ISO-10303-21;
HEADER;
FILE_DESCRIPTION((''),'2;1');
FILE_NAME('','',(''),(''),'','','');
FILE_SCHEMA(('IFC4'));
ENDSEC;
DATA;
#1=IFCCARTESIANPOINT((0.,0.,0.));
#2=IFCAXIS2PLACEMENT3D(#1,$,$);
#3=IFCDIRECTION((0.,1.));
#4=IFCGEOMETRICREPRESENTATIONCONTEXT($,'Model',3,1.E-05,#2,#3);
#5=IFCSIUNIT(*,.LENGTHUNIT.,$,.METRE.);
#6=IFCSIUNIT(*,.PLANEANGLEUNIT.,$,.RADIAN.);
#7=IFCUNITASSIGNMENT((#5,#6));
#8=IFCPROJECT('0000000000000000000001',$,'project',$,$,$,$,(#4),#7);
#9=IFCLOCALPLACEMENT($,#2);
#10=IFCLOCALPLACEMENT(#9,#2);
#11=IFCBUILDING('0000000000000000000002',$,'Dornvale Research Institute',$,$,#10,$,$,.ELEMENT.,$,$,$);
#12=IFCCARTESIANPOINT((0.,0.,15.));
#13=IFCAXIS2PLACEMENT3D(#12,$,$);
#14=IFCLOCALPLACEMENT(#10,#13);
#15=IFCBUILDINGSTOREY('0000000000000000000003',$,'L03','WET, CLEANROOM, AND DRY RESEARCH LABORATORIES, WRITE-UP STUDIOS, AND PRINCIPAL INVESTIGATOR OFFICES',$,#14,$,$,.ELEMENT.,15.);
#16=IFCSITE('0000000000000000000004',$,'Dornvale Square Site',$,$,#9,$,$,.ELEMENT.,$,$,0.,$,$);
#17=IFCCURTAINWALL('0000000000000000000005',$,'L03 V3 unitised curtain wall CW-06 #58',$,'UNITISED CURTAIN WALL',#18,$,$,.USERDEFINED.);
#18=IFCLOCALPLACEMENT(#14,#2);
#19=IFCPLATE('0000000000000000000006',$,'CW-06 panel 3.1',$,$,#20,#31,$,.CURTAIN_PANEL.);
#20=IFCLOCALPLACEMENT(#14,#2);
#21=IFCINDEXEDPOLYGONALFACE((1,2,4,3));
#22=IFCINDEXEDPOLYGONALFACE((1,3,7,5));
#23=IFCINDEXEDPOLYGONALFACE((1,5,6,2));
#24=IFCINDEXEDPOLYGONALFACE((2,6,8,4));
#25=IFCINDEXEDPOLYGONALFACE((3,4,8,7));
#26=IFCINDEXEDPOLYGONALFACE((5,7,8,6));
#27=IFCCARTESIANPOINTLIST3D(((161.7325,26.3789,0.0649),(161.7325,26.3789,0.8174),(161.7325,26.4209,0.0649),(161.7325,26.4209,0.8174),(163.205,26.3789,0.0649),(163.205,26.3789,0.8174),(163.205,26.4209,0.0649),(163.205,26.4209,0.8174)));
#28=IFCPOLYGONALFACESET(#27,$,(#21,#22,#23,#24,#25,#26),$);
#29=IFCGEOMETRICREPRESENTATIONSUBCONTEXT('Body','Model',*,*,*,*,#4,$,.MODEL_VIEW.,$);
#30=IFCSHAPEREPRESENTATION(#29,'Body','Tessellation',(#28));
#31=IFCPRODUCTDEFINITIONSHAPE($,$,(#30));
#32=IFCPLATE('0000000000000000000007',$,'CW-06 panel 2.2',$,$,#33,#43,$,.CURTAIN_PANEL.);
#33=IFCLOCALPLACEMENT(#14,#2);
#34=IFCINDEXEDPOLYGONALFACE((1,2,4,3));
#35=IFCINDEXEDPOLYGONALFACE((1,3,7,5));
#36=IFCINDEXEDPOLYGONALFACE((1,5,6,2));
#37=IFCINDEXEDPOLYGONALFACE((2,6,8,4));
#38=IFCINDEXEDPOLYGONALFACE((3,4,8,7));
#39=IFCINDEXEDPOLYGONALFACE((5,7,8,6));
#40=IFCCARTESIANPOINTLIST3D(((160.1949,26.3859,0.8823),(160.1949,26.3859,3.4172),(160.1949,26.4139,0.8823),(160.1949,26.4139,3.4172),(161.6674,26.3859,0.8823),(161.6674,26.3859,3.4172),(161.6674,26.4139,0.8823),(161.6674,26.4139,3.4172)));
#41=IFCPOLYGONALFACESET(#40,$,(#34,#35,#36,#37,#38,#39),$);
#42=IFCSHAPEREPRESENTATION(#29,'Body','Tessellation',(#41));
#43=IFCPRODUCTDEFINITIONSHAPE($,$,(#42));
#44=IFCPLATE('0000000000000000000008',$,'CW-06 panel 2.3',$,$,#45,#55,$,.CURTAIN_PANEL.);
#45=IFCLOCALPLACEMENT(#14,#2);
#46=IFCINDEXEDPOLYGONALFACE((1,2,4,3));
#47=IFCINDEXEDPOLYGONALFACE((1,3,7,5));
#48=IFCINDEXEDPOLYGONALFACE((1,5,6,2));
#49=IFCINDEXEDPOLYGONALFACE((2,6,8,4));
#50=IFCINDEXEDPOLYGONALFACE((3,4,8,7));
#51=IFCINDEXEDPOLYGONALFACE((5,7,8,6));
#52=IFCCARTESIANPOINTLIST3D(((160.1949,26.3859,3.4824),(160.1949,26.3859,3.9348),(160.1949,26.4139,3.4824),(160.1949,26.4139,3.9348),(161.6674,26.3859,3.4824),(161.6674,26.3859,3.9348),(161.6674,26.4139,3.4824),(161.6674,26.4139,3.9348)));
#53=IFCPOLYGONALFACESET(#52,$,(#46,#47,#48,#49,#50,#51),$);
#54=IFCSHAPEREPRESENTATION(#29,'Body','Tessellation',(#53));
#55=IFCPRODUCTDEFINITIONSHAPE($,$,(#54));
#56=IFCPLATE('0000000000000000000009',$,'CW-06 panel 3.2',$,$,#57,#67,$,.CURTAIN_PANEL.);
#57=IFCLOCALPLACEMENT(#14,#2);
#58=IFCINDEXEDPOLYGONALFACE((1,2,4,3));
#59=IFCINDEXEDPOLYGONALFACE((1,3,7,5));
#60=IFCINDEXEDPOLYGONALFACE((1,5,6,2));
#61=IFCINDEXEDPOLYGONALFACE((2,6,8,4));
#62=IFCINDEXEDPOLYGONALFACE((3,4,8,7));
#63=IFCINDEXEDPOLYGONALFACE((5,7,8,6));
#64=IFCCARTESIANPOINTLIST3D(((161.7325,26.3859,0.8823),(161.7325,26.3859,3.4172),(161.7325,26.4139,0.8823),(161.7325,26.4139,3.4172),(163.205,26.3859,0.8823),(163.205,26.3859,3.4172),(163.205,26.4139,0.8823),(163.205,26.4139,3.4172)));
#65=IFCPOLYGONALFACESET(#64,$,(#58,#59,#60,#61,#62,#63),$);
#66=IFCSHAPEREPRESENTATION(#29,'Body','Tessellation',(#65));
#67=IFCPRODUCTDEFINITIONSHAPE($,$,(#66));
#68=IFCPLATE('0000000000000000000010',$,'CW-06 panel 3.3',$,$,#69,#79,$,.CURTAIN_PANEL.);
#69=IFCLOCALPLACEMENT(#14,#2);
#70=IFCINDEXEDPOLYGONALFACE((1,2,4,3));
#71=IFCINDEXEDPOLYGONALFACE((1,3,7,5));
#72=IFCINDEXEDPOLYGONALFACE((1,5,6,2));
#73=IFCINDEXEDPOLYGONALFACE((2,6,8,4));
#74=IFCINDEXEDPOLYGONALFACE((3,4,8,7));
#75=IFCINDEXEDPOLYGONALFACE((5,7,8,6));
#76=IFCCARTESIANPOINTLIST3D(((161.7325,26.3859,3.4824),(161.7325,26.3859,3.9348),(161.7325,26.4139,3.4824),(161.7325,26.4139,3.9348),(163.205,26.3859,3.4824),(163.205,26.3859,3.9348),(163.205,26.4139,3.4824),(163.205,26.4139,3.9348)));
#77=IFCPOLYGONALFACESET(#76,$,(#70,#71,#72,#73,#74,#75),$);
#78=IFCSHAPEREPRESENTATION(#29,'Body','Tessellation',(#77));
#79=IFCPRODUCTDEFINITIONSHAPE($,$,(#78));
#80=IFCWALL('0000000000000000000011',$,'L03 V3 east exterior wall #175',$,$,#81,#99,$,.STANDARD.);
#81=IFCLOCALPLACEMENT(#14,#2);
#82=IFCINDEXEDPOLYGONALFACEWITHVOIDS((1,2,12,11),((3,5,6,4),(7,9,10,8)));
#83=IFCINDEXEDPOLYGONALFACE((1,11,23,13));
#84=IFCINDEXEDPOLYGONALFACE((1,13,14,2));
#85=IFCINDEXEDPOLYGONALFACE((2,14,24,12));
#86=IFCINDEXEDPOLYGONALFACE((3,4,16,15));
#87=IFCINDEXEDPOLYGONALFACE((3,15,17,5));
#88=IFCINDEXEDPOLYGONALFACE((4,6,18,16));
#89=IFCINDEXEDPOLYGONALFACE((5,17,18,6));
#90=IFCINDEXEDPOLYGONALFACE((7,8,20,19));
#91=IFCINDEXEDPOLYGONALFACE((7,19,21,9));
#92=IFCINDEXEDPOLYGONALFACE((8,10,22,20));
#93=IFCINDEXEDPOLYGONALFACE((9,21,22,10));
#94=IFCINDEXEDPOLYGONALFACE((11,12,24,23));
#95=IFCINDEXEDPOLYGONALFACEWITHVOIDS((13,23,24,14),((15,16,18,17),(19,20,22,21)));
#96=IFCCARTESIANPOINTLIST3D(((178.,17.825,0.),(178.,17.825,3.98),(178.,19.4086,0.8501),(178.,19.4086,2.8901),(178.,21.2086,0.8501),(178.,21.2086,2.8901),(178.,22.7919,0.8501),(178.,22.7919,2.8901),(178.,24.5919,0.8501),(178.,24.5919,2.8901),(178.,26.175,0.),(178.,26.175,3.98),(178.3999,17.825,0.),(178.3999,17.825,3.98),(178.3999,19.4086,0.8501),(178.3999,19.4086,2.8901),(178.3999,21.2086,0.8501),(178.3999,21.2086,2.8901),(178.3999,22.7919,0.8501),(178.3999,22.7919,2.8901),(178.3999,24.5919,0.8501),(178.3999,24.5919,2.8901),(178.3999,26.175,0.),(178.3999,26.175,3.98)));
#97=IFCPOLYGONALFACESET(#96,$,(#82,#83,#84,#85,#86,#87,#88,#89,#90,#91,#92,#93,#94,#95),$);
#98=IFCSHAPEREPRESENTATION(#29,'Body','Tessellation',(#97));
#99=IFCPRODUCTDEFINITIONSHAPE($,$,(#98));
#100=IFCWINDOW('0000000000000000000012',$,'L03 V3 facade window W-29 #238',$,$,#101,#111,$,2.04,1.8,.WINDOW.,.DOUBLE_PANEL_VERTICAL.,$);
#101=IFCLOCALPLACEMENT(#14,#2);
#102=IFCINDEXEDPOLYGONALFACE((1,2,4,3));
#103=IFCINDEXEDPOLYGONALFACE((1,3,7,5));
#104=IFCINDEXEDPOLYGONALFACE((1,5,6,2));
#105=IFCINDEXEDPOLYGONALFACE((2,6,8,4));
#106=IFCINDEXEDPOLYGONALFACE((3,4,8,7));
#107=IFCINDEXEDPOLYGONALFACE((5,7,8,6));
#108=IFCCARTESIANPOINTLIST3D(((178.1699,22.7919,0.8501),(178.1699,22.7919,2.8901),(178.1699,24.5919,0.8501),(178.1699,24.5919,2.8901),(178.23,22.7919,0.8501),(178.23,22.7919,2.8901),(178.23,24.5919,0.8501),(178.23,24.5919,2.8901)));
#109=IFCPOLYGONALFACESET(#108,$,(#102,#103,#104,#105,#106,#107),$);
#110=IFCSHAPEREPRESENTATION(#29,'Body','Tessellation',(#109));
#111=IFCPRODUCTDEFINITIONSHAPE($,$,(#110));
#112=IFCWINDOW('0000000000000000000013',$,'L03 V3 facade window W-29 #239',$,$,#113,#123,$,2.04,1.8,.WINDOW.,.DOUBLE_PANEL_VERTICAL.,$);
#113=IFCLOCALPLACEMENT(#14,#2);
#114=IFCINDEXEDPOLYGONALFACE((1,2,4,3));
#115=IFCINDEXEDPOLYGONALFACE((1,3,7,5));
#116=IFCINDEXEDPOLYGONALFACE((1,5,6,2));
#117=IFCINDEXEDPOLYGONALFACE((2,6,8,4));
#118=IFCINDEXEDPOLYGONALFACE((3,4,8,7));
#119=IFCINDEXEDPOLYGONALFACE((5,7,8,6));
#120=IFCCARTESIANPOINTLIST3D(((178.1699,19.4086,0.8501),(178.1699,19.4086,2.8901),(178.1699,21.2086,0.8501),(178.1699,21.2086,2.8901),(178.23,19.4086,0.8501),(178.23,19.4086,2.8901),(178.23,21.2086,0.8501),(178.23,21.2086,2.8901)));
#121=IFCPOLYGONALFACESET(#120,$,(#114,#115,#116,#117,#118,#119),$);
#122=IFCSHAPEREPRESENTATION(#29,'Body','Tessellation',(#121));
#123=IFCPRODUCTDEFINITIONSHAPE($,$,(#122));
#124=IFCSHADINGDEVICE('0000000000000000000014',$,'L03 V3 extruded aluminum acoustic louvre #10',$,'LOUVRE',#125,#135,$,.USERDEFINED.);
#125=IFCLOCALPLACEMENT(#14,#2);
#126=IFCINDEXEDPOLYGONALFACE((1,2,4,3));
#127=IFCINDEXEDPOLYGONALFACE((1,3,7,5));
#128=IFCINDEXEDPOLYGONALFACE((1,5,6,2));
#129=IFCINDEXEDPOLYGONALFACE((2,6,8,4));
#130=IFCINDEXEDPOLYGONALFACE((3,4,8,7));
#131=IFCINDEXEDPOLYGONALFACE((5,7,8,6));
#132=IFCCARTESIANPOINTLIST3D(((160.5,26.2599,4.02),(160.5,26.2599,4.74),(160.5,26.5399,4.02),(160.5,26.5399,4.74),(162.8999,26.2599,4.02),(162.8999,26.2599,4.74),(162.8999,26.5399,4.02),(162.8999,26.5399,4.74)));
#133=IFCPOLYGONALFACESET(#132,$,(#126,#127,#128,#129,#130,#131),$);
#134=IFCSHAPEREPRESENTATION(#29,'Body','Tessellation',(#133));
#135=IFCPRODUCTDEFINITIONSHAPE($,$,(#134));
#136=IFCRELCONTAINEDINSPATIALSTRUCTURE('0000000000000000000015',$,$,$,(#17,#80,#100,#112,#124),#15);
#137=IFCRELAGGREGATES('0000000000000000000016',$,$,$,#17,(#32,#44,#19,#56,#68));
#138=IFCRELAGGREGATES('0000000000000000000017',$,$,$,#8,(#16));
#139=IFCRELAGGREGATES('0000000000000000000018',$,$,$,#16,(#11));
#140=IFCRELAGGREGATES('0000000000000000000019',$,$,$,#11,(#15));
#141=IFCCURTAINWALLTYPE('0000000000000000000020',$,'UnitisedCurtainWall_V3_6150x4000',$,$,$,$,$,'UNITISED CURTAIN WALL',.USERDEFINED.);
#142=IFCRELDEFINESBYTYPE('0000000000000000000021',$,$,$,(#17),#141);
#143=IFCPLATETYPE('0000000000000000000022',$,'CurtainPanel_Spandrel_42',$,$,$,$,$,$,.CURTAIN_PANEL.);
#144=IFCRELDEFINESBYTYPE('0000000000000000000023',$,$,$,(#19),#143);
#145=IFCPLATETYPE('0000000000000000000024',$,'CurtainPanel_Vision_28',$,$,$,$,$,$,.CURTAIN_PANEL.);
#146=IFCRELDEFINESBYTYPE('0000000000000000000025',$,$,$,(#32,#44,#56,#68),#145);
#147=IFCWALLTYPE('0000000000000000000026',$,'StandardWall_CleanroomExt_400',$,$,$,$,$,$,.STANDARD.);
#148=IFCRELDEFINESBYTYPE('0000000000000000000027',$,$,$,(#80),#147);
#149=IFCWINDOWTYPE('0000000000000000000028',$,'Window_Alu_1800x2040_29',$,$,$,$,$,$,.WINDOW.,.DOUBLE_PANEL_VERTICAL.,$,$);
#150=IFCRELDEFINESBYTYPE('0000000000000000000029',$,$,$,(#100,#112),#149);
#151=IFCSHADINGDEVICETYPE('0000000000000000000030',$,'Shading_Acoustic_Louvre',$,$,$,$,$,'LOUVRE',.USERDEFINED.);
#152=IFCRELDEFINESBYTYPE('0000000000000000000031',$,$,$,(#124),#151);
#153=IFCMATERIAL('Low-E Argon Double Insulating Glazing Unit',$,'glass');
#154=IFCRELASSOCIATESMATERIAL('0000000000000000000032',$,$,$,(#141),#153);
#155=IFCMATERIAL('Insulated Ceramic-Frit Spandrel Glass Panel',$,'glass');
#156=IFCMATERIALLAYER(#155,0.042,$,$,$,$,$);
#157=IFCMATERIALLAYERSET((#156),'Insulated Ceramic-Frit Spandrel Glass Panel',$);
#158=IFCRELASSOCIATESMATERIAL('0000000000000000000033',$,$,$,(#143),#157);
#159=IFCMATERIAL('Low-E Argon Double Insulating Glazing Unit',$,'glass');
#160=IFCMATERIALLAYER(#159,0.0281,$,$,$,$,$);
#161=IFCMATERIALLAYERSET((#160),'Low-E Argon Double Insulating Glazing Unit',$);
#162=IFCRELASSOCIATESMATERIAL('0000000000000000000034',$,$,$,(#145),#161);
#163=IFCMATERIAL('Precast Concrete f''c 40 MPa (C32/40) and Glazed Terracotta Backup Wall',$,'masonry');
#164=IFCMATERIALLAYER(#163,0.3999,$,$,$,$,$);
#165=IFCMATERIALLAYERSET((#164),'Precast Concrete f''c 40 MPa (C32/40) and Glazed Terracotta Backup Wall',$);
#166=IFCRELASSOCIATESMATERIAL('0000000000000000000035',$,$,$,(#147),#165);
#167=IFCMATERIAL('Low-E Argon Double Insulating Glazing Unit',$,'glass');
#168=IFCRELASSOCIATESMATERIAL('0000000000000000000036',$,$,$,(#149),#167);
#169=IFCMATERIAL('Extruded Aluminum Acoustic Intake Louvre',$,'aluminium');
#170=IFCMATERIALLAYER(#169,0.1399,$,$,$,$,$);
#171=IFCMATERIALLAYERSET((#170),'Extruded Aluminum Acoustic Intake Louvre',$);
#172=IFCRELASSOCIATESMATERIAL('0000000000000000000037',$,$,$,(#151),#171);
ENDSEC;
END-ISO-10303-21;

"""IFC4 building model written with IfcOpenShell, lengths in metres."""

from ifc_helpers import new_model, si_unit, direction, frame, frame_2d, origin, origin_2d, place, context, subcontext, project, spatial, rectangle, extrude, material, layer, layer_set, type_object, element, fill, aggregate, save


model = new_model("IFC4")

# Units and contexts
model_context = context("Model", 3, precision=1e-05, world=origin(), true_north=direction((0.0, 1.0)))
body_context = subcontext(model_context, "Body", "Model", "MODEL_VIEW")
ifc_project = project(units=[si_unit("LENGTHUNIT", "METRE"), si_unit("PLANEANGLEUNIT", "RADIAN")], contexts=[model_context])

# Site, building, storey
site_placement = place(None, origin())
site = spatial("IfcSite", under=ifc_project, at=site_placement, Name="Dornvale Square Site", CompositionType="ELEMENT", RefElevation=0.0)
building_placement = place(site_placement, origin())
building = spatial("IfcBuilding", under=site, at=building_placement, Name="Dornvale Research Institute", CompositionType="ELEMENT")
storey_placement = place(building_placement, frame((0.0, 0.0, 15.0)))
storey = spatial("IfcBuildingStorey", under=building, at=storey_placement, Name="L03", Description="WET, CLEANROOM, AND DRY RESEARCH LABORATORIES, WRITE-UP STUDIOS, AND PRINCIPAL INVESTIGATOR OFFICES", CompositionType="ELEMENT", Elevation=15.0)

# Curtain wall, plates
ifc_material_1 = material(Name="Low-E Argon Double Insulating Glazing Unit", Category="glass")
curtain_wall_type = type_object("IfcCurtainWallType", Name="UnitisedCurtainWall_V3_6150x4000", ElementType="UNITISED CURTAIN WALL", PredefinedType="USERDEFINED", material=ifc_material_1)
curtain_wall_placement = place(storey_placement, origin())
curtain_wall = element("IfcCurtainWall", 1, at=curtain_wall_placement, inside=storey, type_object=curtain_wall_type, Name="L03 V3 unitised curtain wall CW-06 #58", ObjectType="UNITISED CURTAIN WALL", PredefinedType="USERDEFINED")
ifc_material_2 = material(Name="Insulated Ceramic-Frit Spandrel Glass Panel", Category="glass")
ifc_layer_1 = layer(ifc_material_2, 0.042)
ifc_layer_set_1 = layer_set([ifc_layer_1], Name="Insulated Ceramic-Frit Spandrel Glass Panel")
plate_type_1 = type_object("IfcPlateType", Name="CurtainPanel_Spandrel_42", PredefinedType="CURTAIN_PANEL", material=ifc_layer_set_1)
plate_1_placement = place(storey_placement, frame((162.4688, 26.3999, 0.0649), z_axis=(0.0, 0.0, 1.0), x_axis=(1.0, 0.0, 0.0)))
plate_1 = element("IfcPlate", 2, at=plate_1_placement, type_object=plate_type_1, Name="CW-06 panel 3.1", PredefinedType="CURTAIN_PANEL", context=body_context, shape_type="SweptSolid", body=[
    extrude(rectangle(XDim=1.4724, YDim=0.042, at=origin_2d()), origin(), (0.0, 0.0, 1.0), 0.7524),
])
ifc_material_3 = material(Name="Low-E Argon Double Insulating Glazing Unit", Category="glass")
ifc_layer_2 = layer(ifc_material_3, 0.0281)
ifc_layer_set_2 = layer_set([ifc_layer_2], Name="Low-E Argon Double Insulating Glazing Unit")
plate_type_2 = type_object("IfcPlateType", Name="CurtainPanel_Vision_28", PredefinedType="CURTAIN_PANEL", material=ifc_layer_set_2)
plate_2_placement = place(storey_placement, frame((160.9312, 26.3999, 0.8823), z_axis=(0.0, 0.0, 1.0), x_axis=(1.0, 0.0, 0.0)))
plate_2 = element("IfcPlate", 3, at=plate_2_placement, type_object=plate_type_2, Name="CW-06 panel 2.2", PredefinedType="CURTAIN_PANEL", context=body_context, shape_type="SweptSolid", body=[
    extrude(rectangle(XDim=1.4724, YDim=0.0281, at=origin_2d()), origin(), (0.0, 0.0, 1.0), 2.5349),
])
plate_3_placement = place(storey_placement, frame((160.9312, 26.3999, 3.4824), z_axis=(0.0, 0.0, 1.0), x_axis=(1.0, 0.0, 0.0)))
plate_3 = element("IfcPlate", 4, at=plate_3_placement, type_object=plate_type_2, Name="CW-06 panel 2.3", PredefinedType="CURTAIN_PANEL", context=body_context, shape_type="SweptSolid", body=[
    extrude(rectangle(XDim=1.4724, YDim=0.0281, at=origin_2d()), origin(), (0.0, 0.0, 1.0), 0.4524),
])
plate_4_placement = place(storey_placement, frame((162.4688, 26.3999, 0.8823), z_axis=(0.0, 0.0, 1.0), x_axis=(1.0, 0.0, 0.0)))
plate_4 = element("IfcPlate", 5, at=plate_4_placement, type_object=plate_type_2, Name="CW-06 panel 3.2", PredefinedType="CURTAIN_PANEL", context=body_context, shape_type="SweptSolid", body=[
    extrude(rectangle(XDim=1.4724, YDim=0.0281, at=origin_2d()), origin(), (0.0, 0.0, 1.0), 2.5349),
])
plate_5_placement = place(storey_placement, frame((162.4688, 26.3999, 3.4824), z_axis=(0.0, 0.0, 1.0), x_axis=(1.0, 0.0, 0.0)))
plate_5 = element("IfcPlate", 6, at=plate_5_placement, type_object=plate_type_2, Name="CW-06 panel 3.3", PredefinedType="CURTAIN_PANEL", context=body_context, shape_type="SweptSolid", body=[
    extrude(rectangle(XDim=1.4724, YDim=0.0281, at=origin_2d()), origin(), (0.0, 0.0, 1.0), 0.4524),
])
aggregate(curtain_wall, [plate_2, plate_3, plate_1, plate_4, plate_5])

# Wall, openings, windows
ifc_material_4 = material(Name="Precast Concrete f'c 40 MPa (C32/40) and Glazed Terracotta Backup Wall", Category="masonry")
ifc_layer_3 = layer(ifc_material_4, 0.3999)
ifc_layer_set_3 = layer_set([ifc_layer_3], Name="Precast Concrete f'c 40 MPa (C32/40) and Glazed Terracotta Backup Wall")
wall_type = type_object("IfcWallType", Name="StandardWall_CleanroomExt_400", PredefinedType="STANDARD", material=ifc_layer_set_3)
wall_placement = place(storey_placement, frame((178.2, 26.175, 0.0), z_axis=(0.0, 0.0, 1.0), x_axis=(0.0, -1.0, 0.0)))
wall = element("IfcWall", 7, at=wall_placement, inside=storey, type_object=wall_type, Name="L03 V3 east exterior wall #175", PredefinedType="STANDARD", context=body_context, shape_type="SweptSolid", body=[
    extrude(rectangle(XDim=8.3501, YDim=0.3999, at=frame_2d((4.175, 0.0))), origin(), (0.0, 0.0, 1.0), 3.98),
])
opening_1_placement = place(wall_placement, frame((1.5833, 0.0, 0.8501)))
opening_1 = element("IfcOpeningElement", 8, at=opening_1_placement, cuts=wall, PredefinedType="OPENING", context=body_context, shape_type="SweptSolid", body=[
    extrude(rectangle(XDim=1.8, YDim=2.04, at=frame_2d((0.8999, 1.02))), frame((0.0, 0.2148, 0.0), z_axis=(0.0, -1.0, 0.0), x_axis=(1.0, 0.0, 0.0)), (0.0, 0.0, 1.0), 0.4299),
])
opening_2_placement = place(wall_placement, frame((4.9666, 0.0, 0.8501)))
opening_2 = element("IfcOpeningElement", 9, at=opening_2_placement, cuts=wall, PredefinedType="OPENING", context=body_context, shape_type="SweptSolid", body=[
    extrude(rectangle(XDim=1.8, YDim=2.04, at=frame_2d((0.8999, 1.02))), frame((0.0, 0.2148, 0.0), z_axis=(0.0, -1.0, 0.0), x_axis=(1.0, 0.0, 0.0)), (0.0, 0.0, 1.0), 0.4299),
])
ifc_material_5 = material(Name="Low-E Argon Double Insulating Glazing Unit", Category="glass")
window_type = type_object("IfcWindowType", Name="Window_Alu_1800x2040_29", PartitioningType="DOUBLE_PANEL_VERTICAL", PredefinedType="WINDOW", material=ifc_material_5)
window_1_placement = place(opening_1_placement, origin())
window_1 = element("IfcWindow", 10, at=window_1_placement, inside=storey, type_object=window_type, Name="L03 V3 facade window W-29 #238", OverallHeight=2.04, OverallWidth=1.8, PartitioningType="DOUBLE_PANEL_VERTICAL", PredefinedType="WINDOW", context=body_context, shape_type="SweptSolid", body=[
    extrude(rectangle(XDim=1.8, YDim=2.04, at=frame_2d((0.8999, 1.02))), frame((0.0, 0.03, 0.0), z_axis=(0.0, -1.0, 0.0), x_axis=(1.0, 0.0, 0.0)), (0.0, 0.0, 1.0), 0.0601),
])
fill(opening_1, window_1)
window_2_placement = place(opening_2_placement, origin())
window_2 = element("IfcWindow", 11, at=window_2_placement, inside=storey, type_object=window_type, Name="L03 V3 facade window W-29 #239", OverallHeight=2.04, OverallWidth=1.8, PartitioningType="DOUBLE_PANEL_VERTICAL", PredefinedType="WINDOW", context=body_context, shape_type="SweptSolid", body=[
    extrude(rectangle(XDim=1.8, YDim=2.04, at=frame_2d((0.8999, 1.02))), frame((0.0, 0.03, 0.0), z_axis=(0.0, -1.0, 0.0), x_axis=(1.0, 0.0, 0.0)), (0.0, 0.0, 1.0), 0.0601),
])
fill(opening_2, window_2)

# Shading device
ifc_material_6 = material(Name="Extruded Aluminum Acoustic Intake Louvre", Category="aluminium")
ifc_layer_4 = layer(ifc_material_6, 0.1399)
ifc_layer_set_4 = layer_set([ifc_layer_4], Name="Extruded Aluminum Acoustic Intake Louvre")
shading_device_type = type_object("IfcShadingDeviceType", Name="Shading_Acoustic_Louvre", ElementType="LOUVRE", PredefinedType="USERDEFINED", material=ifc_layer_set_4)
shading_device_placement = place(storey_placement, frame((161.7, 26.3999, 4.02), z_axis=(0.0, 0.0, 1.0), x_axis=(1.0, 0.0, 0.0)))
element("IfcShadingDevice", 12, at=shading_device_placement, inside=storey, type_object=shading_device_type, Name="L03 V3 extruded aluminum acoustic louvre #10", ObjectType="LOUVRE", PredefinedType="USERDEFINED", context=body_context, shape_type="SweptSolid", body=[
    extrude(rectangle(XDim=2.3999, YDim=0.28, at=origin_2d()), origin(), (0.0, 0.0, 1.0), 0.72),
])

save(model, "model.ifc")
